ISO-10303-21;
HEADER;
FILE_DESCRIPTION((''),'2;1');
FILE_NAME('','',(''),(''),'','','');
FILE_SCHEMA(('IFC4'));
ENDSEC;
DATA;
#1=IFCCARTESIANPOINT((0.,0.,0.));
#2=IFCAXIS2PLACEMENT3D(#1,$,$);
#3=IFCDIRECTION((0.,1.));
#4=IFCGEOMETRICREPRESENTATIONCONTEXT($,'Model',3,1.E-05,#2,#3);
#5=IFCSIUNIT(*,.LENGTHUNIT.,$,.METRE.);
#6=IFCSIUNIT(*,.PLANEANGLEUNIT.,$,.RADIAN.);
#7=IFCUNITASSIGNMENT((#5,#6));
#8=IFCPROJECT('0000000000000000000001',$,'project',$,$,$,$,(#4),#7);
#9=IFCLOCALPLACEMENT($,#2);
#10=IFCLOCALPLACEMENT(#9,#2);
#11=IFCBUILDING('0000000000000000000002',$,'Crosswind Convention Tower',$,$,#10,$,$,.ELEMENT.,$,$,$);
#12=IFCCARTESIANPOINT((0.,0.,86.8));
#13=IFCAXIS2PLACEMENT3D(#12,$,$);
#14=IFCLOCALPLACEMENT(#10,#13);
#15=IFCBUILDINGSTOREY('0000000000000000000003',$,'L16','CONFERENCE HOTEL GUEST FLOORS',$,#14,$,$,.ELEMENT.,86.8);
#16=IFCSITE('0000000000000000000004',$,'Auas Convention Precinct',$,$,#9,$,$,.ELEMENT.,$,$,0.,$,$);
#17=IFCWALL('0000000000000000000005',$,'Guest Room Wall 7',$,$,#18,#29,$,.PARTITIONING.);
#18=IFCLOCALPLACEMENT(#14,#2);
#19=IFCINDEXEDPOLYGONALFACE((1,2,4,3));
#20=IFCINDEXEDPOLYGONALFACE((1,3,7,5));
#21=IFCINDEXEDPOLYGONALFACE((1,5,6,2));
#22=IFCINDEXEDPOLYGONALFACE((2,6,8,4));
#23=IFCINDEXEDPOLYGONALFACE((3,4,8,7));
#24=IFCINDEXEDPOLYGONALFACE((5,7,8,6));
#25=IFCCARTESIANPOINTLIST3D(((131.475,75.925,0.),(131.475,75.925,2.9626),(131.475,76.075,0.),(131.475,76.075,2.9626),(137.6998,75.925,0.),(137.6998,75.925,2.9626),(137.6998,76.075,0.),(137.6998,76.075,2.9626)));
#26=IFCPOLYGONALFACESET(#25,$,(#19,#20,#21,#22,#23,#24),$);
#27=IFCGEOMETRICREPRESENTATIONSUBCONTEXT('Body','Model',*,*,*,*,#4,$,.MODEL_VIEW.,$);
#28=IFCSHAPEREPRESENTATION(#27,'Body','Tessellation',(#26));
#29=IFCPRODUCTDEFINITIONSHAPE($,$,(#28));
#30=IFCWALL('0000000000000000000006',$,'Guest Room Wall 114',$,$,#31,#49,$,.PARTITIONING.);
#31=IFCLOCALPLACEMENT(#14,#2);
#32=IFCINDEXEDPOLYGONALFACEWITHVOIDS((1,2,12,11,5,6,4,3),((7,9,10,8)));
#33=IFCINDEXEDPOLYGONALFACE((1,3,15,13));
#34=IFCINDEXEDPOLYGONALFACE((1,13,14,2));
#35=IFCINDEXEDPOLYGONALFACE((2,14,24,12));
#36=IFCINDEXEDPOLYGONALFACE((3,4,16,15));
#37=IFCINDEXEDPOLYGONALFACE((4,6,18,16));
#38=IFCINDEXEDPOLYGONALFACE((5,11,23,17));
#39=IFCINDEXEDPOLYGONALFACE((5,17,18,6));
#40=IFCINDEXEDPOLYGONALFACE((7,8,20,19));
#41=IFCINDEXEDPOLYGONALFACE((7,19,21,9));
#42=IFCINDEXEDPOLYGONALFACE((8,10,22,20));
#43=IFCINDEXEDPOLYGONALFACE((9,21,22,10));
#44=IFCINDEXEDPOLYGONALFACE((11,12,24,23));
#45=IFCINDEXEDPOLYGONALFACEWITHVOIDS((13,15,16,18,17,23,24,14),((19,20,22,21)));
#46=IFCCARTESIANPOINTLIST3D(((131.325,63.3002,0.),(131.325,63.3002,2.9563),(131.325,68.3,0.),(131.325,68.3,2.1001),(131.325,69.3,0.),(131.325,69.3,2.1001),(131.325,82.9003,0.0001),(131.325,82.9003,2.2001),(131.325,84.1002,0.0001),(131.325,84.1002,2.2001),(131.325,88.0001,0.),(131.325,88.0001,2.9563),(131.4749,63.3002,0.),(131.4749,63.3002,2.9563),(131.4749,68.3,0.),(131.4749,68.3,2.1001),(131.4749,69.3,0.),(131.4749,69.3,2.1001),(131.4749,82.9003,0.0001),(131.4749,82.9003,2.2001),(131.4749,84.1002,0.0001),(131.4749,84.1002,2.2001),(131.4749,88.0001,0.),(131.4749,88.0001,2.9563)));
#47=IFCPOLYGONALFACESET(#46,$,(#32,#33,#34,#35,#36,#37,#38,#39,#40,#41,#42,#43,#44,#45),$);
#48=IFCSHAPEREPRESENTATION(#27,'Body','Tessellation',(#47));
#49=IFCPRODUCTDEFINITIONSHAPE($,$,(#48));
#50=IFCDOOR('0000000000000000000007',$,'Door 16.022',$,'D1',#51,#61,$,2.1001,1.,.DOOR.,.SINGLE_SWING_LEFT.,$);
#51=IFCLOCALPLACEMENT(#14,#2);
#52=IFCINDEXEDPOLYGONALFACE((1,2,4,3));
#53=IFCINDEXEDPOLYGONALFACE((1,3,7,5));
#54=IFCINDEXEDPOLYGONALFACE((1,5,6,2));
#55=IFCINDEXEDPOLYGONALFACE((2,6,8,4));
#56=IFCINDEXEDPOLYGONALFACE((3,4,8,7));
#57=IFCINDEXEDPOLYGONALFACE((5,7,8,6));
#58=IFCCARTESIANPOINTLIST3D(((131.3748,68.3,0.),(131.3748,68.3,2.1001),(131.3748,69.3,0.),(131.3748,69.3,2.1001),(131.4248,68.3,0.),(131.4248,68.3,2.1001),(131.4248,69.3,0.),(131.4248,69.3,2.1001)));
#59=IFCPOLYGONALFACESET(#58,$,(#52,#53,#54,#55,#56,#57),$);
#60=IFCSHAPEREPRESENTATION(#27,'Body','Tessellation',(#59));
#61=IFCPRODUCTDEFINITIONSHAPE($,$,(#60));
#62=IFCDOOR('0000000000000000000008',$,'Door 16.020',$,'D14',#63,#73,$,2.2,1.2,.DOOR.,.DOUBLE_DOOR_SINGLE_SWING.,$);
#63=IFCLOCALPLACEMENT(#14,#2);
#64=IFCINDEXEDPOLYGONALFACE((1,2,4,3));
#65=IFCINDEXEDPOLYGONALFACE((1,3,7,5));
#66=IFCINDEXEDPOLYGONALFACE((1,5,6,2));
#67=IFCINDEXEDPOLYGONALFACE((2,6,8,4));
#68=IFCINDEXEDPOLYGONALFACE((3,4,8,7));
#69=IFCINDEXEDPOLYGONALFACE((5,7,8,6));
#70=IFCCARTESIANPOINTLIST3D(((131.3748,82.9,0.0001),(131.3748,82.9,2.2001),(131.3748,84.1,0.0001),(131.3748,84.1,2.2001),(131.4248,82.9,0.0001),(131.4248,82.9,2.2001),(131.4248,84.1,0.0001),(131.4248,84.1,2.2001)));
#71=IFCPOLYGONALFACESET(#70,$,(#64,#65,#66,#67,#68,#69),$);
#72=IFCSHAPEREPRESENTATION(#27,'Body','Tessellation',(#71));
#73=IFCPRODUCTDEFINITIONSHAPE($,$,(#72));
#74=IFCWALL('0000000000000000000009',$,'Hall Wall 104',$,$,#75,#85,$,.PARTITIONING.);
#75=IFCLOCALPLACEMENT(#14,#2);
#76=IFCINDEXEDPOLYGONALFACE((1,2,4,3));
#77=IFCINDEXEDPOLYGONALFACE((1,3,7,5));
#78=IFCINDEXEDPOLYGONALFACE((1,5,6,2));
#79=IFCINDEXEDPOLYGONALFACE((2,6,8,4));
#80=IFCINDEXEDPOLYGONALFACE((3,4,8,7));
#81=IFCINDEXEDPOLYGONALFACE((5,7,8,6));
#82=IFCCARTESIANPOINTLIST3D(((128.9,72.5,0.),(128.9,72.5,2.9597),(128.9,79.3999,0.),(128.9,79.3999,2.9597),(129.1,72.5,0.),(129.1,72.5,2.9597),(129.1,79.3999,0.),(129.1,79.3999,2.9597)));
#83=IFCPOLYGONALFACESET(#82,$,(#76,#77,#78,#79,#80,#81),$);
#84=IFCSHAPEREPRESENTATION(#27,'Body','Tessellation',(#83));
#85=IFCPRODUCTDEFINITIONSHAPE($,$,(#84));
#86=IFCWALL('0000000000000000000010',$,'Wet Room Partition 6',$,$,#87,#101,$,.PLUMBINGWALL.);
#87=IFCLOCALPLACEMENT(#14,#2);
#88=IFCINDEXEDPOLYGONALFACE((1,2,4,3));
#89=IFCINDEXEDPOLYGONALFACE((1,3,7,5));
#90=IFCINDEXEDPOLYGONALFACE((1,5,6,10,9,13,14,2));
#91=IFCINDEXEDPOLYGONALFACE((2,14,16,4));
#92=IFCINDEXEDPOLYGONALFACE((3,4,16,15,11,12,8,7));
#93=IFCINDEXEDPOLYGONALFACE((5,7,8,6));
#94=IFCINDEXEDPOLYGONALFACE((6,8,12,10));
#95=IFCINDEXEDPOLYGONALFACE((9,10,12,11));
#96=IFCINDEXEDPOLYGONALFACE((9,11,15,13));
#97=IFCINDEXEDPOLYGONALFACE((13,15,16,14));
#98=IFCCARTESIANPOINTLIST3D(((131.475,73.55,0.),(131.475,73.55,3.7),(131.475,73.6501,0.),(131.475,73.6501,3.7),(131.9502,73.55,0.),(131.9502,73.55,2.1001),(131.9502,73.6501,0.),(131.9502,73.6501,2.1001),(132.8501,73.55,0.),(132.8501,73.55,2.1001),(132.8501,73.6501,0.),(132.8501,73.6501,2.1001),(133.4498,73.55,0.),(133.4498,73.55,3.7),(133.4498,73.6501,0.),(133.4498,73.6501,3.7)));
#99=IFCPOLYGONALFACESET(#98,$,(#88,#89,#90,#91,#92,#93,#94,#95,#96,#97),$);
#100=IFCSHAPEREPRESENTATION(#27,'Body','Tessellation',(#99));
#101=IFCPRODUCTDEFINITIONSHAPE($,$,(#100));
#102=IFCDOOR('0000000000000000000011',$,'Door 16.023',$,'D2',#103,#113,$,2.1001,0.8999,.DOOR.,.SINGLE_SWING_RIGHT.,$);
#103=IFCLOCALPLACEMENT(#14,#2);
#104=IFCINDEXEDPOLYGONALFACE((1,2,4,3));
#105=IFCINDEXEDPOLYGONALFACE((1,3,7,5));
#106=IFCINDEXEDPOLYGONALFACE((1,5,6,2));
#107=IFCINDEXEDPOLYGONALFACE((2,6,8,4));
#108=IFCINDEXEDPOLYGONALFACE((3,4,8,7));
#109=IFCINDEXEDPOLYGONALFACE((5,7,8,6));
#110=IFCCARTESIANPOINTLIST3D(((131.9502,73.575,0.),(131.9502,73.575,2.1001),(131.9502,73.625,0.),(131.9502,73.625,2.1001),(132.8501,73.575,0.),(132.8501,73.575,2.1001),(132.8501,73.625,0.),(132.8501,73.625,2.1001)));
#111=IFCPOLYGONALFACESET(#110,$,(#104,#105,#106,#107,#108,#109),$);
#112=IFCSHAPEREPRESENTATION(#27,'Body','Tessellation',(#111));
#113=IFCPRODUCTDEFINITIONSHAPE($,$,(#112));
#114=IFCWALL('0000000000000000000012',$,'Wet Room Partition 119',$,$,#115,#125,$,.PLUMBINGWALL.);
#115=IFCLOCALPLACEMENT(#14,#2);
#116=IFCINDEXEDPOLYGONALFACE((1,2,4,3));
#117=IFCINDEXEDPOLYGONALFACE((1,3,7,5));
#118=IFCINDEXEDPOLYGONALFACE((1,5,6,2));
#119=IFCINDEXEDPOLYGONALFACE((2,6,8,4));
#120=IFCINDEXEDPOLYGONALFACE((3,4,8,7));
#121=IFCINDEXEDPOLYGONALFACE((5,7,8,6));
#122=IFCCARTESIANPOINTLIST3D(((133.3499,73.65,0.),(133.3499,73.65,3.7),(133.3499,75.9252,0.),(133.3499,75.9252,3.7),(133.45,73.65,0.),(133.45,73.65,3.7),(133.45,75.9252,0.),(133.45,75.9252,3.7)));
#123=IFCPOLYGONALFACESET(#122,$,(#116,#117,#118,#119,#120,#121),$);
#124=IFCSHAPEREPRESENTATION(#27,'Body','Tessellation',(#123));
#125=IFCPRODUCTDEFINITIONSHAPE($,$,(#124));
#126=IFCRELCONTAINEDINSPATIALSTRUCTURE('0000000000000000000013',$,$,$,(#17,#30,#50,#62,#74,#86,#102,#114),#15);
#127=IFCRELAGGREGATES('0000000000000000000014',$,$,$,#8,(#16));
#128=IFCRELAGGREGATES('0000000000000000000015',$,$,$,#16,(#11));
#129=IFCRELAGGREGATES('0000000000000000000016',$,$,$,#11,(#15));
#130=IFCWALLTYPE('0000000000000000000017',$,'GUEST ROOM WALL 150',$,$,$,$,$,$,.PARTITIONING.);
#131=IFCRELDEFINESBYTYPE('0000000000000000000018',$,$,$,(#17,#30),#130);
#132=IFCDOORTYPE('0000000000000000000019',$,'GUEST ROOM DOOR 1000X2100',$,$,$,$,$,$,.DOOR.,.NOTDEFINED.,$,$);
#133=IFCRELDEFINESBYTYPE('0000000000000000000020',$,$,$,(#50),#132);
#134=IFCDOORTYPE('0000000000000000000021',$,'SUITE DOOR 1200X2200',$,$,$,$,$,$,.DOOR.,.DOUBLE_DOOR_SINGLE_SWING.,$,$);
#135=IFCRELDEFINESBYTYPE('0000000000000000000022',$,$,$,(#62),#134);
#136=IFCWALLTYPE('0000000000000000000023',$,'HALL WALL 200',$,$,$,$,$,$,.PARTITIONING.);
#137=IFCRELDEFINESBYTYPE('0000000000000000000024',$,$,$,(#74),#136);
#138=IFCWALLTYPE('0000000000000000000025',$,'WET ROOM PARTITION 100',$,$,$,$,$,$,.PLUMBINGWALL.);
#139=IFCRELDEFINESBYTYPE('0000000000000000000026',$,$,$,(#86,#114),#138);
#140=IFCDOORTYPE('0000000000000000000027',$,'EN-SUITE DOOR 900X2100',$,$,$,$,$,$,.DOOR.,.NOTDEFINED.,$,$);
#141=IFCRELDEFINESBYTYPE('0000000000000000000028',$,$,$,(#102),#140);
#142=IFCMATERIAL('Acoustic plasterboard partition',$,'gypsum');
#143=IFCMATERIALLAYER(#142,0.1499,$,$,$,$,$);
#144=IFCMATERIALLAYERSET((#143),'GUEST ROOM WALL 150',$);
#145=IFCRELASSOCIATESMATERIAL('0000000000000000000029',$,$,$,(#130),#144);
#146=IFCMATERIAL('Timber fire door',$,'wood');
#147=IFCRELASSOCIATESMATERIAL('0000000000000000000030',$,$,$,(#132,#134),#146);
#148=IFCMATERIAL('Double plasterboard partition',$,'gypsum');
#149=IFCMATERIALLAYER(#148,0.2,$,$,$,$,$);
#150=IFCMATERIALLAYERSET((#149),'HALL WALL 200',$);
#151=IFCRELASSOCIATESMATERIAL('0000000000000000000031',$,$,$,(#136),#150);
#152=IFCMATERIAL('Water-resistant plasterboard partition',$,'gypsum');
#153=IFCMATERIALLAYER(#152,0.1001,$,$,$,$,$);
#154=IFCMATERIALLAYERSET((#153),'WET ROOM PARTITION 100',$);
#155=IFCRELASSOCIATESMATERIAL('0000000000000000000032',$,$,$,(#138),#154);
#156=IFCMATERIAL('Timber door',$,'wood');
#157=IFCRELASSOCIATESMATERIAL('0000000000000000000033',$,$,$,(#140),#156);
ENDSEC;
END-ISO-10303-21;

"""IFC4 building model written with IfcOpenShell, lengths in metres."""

from ifc_helpers import new_model, si_unit, direction, frame, frame_2d, origin, place, context, subcontext, project, spatial, rectangle, extrude, material, layer, layer_set, type_object, element, fill, save


model = new_model("IFC4")

# Units and contexts
model_context = context("Model", 3, precision=1e-05, world=origin(), true_north=direction((0.0, 1.0)))
body_context = subcontext(model_context, "Body", "Model", "MODEL_VIEW")
ifc_project = project(units=[si_unit("LENGTHUNIT", "METRE"), si_unit("PLANEANGLEUNIT", "RADIAN")], contexts=[model_context])

# Site, building, storey
site_placement = place(None, origin())
site = spatial("IfcSite", under=ifc_project, at=site_placement, Name="Auas Convention Precinct", CompositionType="ELEMENT", RefElevation=0.0)
building_placement = place(site_placement, origin())
building = spatial("IfcBuilding", under=site, at=building_placement, Name="Crosswind Convention Tower", CompositionType="ELEMENT")
storey_placement = place(building_placement, frame((0.0, 0.0, 86.8)))
storey = spatial("IfcBuildingStorey", under=building, at=storey_placement, Name="L16", Description="CONFERENCE HOTEL GUEST FLOORS", CompositionType="ELEMENT", Elevation=86.8)

# Wall
ifc_material_1 = material(Name="Acoustic plasterboard partition", Category="gypsum")
ifc_layer_1 = layer(ifc_material_1, 0.1499)
ifc_layer_set_1 = layer_set([ifc_layer_1], Name="GUEST ROOM WALL 150")
wall_type_1 = type_object("IfcWallType", Name="GUEST ROOM WALL 150", PredefinedType="PARTITIONING", material=ifc_layer_set_1)
wall_1_placement = place(storey_placement, frame((131.4751, 76.0, 0.0), z_axis=(0.0, 0.0, 1.0), x_axis=(1.0, 0.0, 0.0)))
element("IfcWall", 1, at=wall_1_placement, inside=storey, type_object=wall_type_1, Name="Guest Room Wall 7", PredefinedType="PARTITIONING", context=body_context, shape_type="SweptSolid", body=[
    extrude(rectangle(XDim=6.2249, YDim=0.1499, at=frame_2d((3.1123, 0.0))), origin(), (0.0, 0.0, 1.0), 2.9626),
])

# Wall, openings, doors
wall_2_placement = place(storey_placement, frame((131.3999, 63.3, 0.0), z_axis=(0.0, 0.0, 1.0), x_axis=(0.0, 1.0, 0.0)))
wall_2 = element("IfcWall", 2, at=wall_2_placement, inside=storey, type_object=wall_type_1, Name="Guest Room Wall 114", PredefinedType="PARTITIONING", context=body_context, shape_type="SweptSolid", body=[
    extrude(rectangle(XDim=24.7, YDim=0.1499, at=frame_2d((12.3501, 0.0))), origin(), (0.0, 0.0, 1.0), 2.9563),
])
opening_1_placement = place(wall_2_placement, frame((19.6001, 0.0, 0.0)))
opening_1 = element("IfcOpeningElement", 3, at=opening_1_placement, cuts=wall_2, PredefinedType="OPENING", context=body_context, shape_type="SweptSolid", body=[
    extrude(rectangle(XDim=1.2, YDim=2.2, at=frame_2d((0.6001, 1.1001))), frame((0.0, 0.085, 0.0), z_axis=(0.0, -1.0, 0.0), x_axis=(1.0, 0.0, 0.0)), (0.0, 0.0, 1.0), 0.1699),
])
opening_2_placement = place(wall_2_placement, frame((5.0, 0.0, 0.0)))
opening_2 = element("IfcOpeningElement", 4, at=opening_2_placement, cuts=wall_2, PredefinedType="OPENING", context=body_context, shape_type="SweptSolid", body=[
    extrude(rectangle(XDim=1.0, YDim=2.1001, at=frame_2d((0.5, 1.05))), frame((0.0, 0.085, 0.0), z_axis=(0.0, -1.0, 0.0), x_axis=(1.0, 0.0, 0.0)), (0.0, 0.0, 1.0), 0.1699),
])
ifc_material_2 = material(Name="Timber fire door", Category="wood")
door_type_1 = type_object("IfcDoorType", Name="GUEST ROOM DOOR 1000X2100", OperationType="NOTDEFINED", PredefinedType="DOOR", material=ifc_material_2)
door_1_placement = place(opening_2_placement, frame((1.0, 0.0, 0.0), z_axis=(0.0, 0.0, 1.0), x_axis=(-1.0, 0.0, 0.0)))
door_1 = element("IfcDoor", 5, at=door_1_placement, inside=storey, type_object=door_type_1, Name="Door 16.022", ObjectType="D1", OperationType="SINGLE_SWING_LEFT", OverallHeight=2.1001, OverallWidth=1.0, PredefinedType="DOOR", context=body_context, shape_type="SweptSolid", body=[
    extrude(rectangle(XDim=1.0, YDim=2.1001, at=frame_2d((0.5, 1.05))), frame((0.0, 0.0249, 0.0), z_axis=(0.0, -1.0, 0.0), x_axis=(1.0, 0.0, 0.0)), (0.0, 0.0, 1.0), 0.05),
])
fill(opening_2, door_1)
door_type_2 = type_object("IfcDoorType", Name="SUITE DOOR 1200X2200", OperationType="DOUBLE_DOOR_SINGLE_SWING", PredefinedType="DOOR", material=ifc_material_2)
door_2_placement = place(opening_1_placement, frame((1.2, 0.0, 0.0), z_axis=(0.0, 0.0, 1.0), x_axis=(-1.0, 0.0, 0.0)))
door_2 = element("IfcDoor", 6, at=door_2_placement, inside=storey, type_object=door_type_2, Name="Door 16.020", ObjectType="D14", OperationType="DOUBLE_DOOR_SINGLE_SWING", OverallHeight=2.2, OverallWidth=1.2, PredefinedType="DOOR", context=body_context, shape_type="SweptSolid", body=[
    extrude(rectangle(XDim=1.2, YDim=2.2, at=frame_2d((0.6001, 1.1001))), frame((0.0, 0.0249, 0.0), z_axis=(0.0, -1.0, 0.0), x_axis=(1.0, 0.0, 0.0)), (0.0, 0.0, 1.0), 0.05),
])
fill(opening_1, door_2)

# Wall
ifc_material_3 = material(Name="Double plasterboard partition", Category="gypsum")
ifc_layer_2 = layer(ifc_material_3, 0.2)
ifc_layer_set_2 = layer_set([ifc_layer_2], Name="HALL WALL 200")
wall_type_2 = type_object("IfcWallType", Name="HALL WALL 200", PredefinedType="PARTITIONING", material=ifc_layer_set_2)
wall_3_placement = place(storey_placement, frame((129.0, 72.5, 0.0), z_axis=(0.0, 0.0, 1.0), x_axis=(0.0, 1.0, 0.0)))
element("IfcWall", 7, at=wall_3_placement, inside=storey, type_object=wall_type_2, Name="Hall Wall 104", PredefinedType="PARTITIONING", context=body_context, shape_type="SweptSolid", body=[
    extrude(rectangle(XDim=6.8999, YDim=0.2, at=frame_2d((3.45, 0.0))), origin(), (0.0, 0.0, 1.0), 2.9597),
])

# Wall, opening, door
ifc_material_4 = material(Name="Water-resistant plasterboard partition", Category="gypsum")
ifc_layer_3 = layer(ifc_material_4, 0.1001)
ifc_layer_set_3 = layer_set([ifc_layer_3], Name="WET ROOM PARTITION 100")
wall_type_3 = type_object("IfcWallType", Name="WET ROOM PARTITION 100", PredefinedType="PLUMBINGWALL", material=ifc_layer_set_3)
wall_4_placement = place(storey_placement, frame((131.4751, 73.6001, 0.0), z_axis=(0.0, 0.0, 1.0), x_axis=(1.0, 0.0, 0.0)))
wall_4 = element("IfcWall", 8, at=wall_4_placement, inside=storey, type_object=wall_type_3, Name="Wet Room Partition 6", PredefinedType="PLUMBINGWALL", context=body_context, shape_type="SweptSolid", body=[
    extrude(rectangle(XDim=1.9749, YDim=0.1001, at=frame_2d((0.9873, 0.0))), origin(), (0.0, 0.0, 1.0), 3.7),
])
opening_3_placement = place(wall_4_placement, frame((0.4751, 0.0, 0.0)))
opening_3 = element("IfcOpeningElement", 9, at=opening_3_placement, cuts=wall_4, PredefinedType="OPENING", context=body_context, shape_type="SweptSolid", body=[
    extrude(rectangle(XDim=0.8999, YDim=2.1001, at=frame_2d((0.45, 1.05))), frame((0.0, 0.0601, 0.0), z_axis=(0.0, -1.0, 0.0), x_axis=(1.0, 0.0, 0.0)), (0.0, 0.0, 1.0), 0.1201),
])
ifc_material_5 = material(Name="Timber door", Category="wood")
door_type_3 = type_object("IfcDoorType", Name="EN-SUITE DOOR 900X2100", OperationType="NOTDEFINED", PredefinedType="DOOR", material=ifc_material_5)
door_3_placement = place(opening_3_placement, origin())
door_3 = element("IfcDoor", 10, at=door_3_placement, inside=storey, type_object=door_type_3, Name="Door 16.023", ObjectType="D2", OperationType="SINGLE_SWING_RIGHT", OverallHeight=2.1001, OverallWidth=0.8999, PredefinedType="DOOR", context=body_context, shape_type="SweptSolid", body=[
    extrude(rectangle(XDim=0.8999, YDim=2.1001, at=frame_2d((0.45, 1.05))), frame((0.0, 0.0249, 0.0), z_axis=(0.0, -1.0, 0.0), x_axis=(1.0, 0.0, 0.0)), (0.0, 0.0, 1.0), 0.05),
])
fill(opening_3, door_3)

# Wall
wall_5_placement = place(storey_placement, frame((133.3999, 73.6499, 0.0), z_axis=(0.0, 0.0, 1.0), x_axis=(0.0, 1.0, 0.0)))
element("IfcWall", 11, at=wall_5_placement, inside=storey, type_object=wall_type_3, Name="Wet Room Partition 119", PredefinedType="PLUMBINGWALL", context=body_context, shape_type="SweptSolid", body=[
    extrude(rectangle(XDim=2.2751, YDim=0.1001, at=frame_2d((1.1377, 0.0))), origin(), (0.0, 0.0, 1.0), 3.7),
])

save(model, "model.ifc")
